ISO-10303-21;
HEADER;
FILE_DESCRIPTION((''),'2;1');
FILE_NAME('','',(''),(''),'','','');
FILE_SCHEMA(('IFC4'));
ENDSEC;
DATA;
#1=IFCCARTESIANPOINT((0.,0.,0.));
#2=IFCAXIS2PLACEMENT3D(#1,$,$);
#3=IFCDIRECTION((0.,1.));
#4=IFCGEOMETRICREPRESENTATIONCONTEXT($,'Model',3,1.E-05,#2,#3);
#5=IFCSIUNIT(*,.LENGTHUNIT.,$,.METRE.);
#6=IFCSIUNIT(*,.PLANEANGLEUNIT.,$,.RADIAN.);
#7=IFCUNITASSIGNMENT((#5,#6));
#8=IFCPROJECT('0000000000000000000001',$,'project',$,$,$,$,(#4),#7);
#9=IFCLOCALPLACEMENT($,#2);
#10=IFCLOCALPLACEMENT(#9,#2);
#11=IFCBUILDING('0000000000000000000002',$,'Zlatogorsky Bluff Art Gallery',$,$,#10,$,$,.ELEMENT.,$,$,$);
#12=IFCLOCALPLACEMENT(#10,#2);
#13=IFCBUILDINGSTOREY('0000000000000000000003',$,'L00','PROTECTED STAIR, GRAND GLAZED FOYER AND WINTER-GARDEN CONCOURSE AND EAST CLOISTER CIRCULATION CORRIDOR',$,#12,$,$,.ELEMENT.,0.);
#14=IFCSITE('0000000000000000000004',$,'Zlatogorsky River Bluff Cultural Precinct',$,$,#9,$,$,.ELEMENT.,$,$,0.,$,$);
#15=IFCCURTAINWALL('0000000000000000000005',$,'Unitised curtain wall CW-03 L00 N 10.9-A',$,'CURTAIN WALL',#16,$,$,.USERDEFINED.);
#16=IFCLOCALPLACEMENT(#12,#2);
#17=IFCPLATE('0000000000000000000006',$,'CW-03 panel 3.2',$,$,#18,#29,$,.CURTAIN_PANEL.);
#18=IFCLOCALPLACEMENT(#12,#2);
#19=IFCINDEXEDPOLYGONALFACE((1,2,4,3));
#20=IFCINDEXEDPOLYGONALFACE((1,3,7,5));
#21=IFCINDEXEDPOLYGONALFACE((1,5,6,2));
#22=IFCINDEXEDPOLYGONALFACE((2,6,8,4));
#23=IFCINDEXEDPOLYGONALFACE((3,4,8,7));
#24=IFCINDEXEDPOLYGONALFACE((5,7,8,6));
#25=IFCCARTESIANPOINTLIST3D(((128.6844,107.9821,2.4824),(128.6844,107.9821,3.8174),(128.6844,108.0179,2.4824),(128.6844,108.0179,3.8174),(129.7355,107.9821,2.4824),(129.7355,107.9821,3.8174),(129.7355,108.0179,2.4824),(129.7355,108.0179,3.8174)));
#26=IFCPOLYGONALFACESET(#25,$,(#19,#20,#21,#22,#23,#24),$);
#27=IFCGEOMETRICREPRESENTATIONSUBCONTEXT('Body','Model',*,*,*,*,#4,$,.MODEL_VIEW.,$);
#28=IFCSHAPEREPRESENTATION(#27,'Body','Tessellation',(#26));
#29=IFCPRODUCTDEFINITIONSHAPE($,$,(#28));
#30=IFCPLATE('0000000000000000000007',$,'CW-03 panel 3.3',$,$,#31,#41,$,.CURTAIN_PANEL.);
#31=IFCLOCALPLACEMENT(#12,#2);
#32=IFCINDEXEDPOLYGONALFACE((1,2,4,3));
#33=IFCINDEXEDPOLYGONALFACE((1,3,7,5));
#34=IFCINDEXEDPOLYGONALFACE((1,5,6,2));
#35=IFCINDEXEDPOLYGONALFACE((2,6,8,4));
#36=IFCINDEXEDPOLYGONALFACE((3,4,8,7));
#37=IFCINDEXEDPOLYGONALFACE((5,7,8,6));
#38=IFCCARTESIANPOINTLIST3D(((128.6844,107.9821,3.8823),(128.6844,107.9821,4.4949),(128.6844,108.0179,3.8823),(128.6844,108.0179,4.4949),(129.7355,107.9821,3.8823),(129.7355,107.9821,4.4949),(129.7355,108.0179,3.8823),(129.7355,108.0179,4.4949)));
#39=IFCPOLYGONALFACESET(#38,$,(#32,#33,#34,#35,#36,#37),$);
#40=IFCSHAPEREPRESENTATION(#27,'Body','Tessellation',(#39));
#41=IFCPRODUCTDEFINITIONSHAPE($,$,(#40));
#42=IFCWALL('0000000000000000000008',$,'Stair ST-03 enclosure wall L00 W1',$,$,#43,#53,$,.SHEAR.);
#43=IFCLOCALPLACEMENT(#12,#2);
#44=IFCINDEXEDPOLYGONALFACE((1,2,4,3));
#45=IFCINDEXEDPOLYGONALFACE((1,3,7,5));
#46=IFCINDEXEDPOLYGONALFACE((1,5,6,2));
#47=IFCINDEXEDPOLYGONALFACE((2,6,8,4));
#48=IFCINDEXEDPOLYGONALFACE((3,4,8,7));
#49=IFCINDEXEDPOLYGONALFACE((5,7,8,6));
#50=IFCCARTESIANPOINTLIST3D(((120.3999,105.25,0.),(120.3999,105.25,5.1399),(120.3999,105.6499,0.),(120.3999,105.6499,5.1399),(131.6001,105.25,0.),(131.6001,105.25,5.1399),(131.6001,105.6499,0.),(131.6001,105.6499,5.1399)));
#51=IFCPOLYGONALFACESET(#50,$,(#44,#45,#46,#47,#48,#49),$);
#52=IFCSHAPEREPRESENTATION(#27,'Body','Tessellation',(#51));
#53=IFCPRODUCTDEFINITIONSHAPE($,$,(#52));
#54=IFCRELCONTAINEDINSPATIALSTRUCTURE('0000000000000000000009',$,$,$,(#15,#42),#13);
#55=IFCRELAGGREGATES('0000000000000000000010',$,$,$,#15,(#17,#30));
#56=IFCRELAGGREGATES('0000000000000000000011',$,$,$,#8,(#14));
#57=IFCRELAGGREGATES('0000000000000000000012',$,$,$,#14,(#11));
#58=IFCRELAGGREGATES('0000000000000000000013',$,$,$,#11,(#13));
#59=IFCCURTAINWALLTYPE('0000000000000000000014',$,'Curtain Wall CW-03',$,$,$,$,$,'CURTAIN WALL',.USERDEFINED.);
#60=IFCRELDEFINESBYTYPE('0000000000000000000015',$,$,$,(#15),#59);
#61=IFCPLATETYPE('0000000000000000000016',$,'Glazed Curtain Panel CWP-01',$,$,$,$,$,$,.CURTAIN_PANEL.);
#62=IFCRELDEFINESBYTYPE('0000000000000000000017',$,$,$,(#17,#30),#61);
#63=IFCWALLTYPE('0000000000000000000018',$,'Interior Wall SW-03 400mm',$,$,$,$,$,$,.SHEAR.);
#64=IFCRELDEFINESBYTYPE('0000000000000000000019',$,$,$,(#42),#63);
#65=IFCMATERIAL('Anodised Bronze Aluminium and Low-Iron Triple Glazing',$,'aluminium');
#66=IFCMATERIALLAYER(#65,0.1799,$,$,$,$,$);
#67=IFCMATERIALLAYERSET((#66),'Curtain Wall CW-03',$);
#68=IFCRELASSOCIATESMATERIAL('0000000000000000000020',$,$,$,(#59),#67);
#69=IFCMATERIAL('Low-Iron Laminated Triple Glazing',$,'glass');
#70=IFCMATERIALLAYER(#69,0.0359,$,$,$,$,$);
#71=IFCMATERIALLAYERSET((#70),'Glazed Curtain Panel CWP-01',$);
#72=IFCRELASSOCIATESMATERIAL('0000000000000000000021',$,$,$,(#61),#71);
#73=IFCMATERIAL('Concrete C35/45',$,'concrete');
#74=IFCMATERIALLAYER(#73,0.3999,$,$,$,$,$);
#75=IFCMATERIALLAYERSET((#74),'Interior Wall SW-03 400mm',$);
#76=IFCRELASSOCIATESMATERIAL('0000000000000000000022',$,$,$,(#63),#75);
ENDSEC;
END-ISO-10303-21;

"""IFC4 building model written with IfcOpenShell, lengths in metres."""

from ifc_helpers import new_model, si_unit, direction, frame, frame_2d, origin, origin_2d, place, context, subcontext, project, spatial, rectangle, extrude, material, layer, layer_set, type_object, element, aggregate, save


model = new_model("IFC4")

# Units and contexts
model_context = context("Model", 3, precision=1e-05, world=origin(), true_north=direction((0.0, 1.0)))
body_context = subcontext(model_context, "Body", "Model", "MODEL_VIEW")
ifc_project = project(units=[si_unit("LENGTHUNIT", "METRE"), si_unit("PLANEANGLEUNIT", "RADIAN")], contexts=[model_context])

# Site, building, storey
site_placement = place(None, origin())
site = spatial("IfcSite", under=ifc_project, at=site_placement, Name="Zlatogorsky River Bluff Cultural Precinct", CompositionType="ELEMENT", RefElevation=0.0)
building_placement = place(site_placement, origin())
building = spatial("IfcBuilding", under=site, at=building_placement, Name="Zlatogorsky Bluff Art Gallery", CompositionType="ELEMENT")
storey_placement = place(building_placement, origin())
storey = spatial("IfcBuildingStorey", under=building, at=storey_placement, Name="L00", Description="PROTECTED STAIR, GRAND GLAZED FOYER AND WINTER-GARDEN CONCOURSE AND EAST CLOISTER CIRCULATION CORRIDOR", CompositionType="ELEMENT", Elevation=0.0)

# Curtain wall, plates
ifc_material_1 = material(Name="Anodised Bronze Aluminium and Low-Iron Triple Glazing", Category="aluminium")
ifc_layer_1 = layer(ifc_material_1, 0.1799)
ifc_layer_set_1 = layer_set([ifc_layer_1], Name="Curtain Wall CW-03")
curtain_wall_type = type_object("IfcCurtainWallType", Name="Curtain Wall CW-03", ElementType="CURTAIN WALL", PredefinedType="USERDEFINED", material=ifc_layer_set_1)
curtain_wall_placement = place(storey_placement, origin())
curtain_wall = element("IfcCurtainWall", 1, at=curtain_wall_placement, inside=storey, type_object=curtain_wall_type, Name="Unitised curtain wall CW-03 L00 N 10.9-A", ObjectType="CURTAIN WALL", PredefinedType="USERDEFINED")
ifc_material_2 = material(Name="Low-Iron Laminated Triple Glazing", Category="glass")
ifc_layer_2 = layer(ifc_material_2, 0.0359)
ifc_layer_set_2 = layer_set([ifc_layer_2], Name="Glazed Curtain Panel CWP-01")
plate_type = type_object("IfcPlateType", Name="Glazed Curtain Panel CWP-01", PredefinedType="CURTAIN_PANEL", material=ifc_layer_set_2)
plate_1_placement = place(storey_placement, frame((129.21, 108.0, 2.4824), z_axis=(0.0, 0.0, 1.0), x_axis=(-1.0, 0.0, 0.0)))
plate_1 = element("IfcPlate", 2, at=plate_1_placement, type_object=plate_type, Name="CW-03 panel 3.2", PredefinedType="CURTAIN_PANEL", context=body_context, shape_type="SweptSolid", body=[
    extrude(rectangle(XDim=1.051, YDim=0.0359, at=origin_2d()), origin(), (0.0, 0.0, 1.0), 1.335),
])
plate_2_placement = place(storey_placement, frame((129.21, 108.0, 3.8823), z_axis=(0.0, 0.0, 1.0), x_axis=(-1.0, 0.0, 0.0)))
plate_2 = element("IfcPlate", 3, at=plate_2_placement, type_object=plate_type, Name="CW-03 panel 3.3", PredefinedType="CURTAIN_PANEL", context=body_context, shape_type="SweptSolid", body=[
    extrude(rectangle(XDim=1.051, YDim=0.0359, at=origin_2d()), origin(), (0.0, 0.0, 1.0), 0.6125),
])
aggregate(curtain_wall, [plate_1, plate_2])

# Wall
ifc_material_3 = material(Name="Concrete C35/45", Category="concrete")
ifc_layer_3 = layer(ifc_material_3, 0.3999)
ifc_layer_set_3 = layer_set([ifc_layer_3], Name="Interior Wall SW-03 400mm")
wall_type = type_object("IfcWallType", Name="Interior Wall SW-03 400mm", PredefinedType="SHEAR", material=ifc_layer_set_3)
wall_placement = place(storey_placement, frame((131.6001, 105.45, 0.0), z_axis=(0.0, 0.0, 1.0), x_axis=(-1.0, 0.0, 0.0)))
element("IfcWall", 4, at=wall_placement, inside=storey, type_object=wall_type, Name="Stair ST-03 enclosure wall L00 W1", PredefinedType="SHEAR", context=body_context, shape_type="SweptSolid", body=[
    extrude(rectangle(XDim=11.2002, YDim=0.3999, at=frame_2d((5.6001, 0.0))), origin(), (0.0, 0.0, 1.0), 5.1399),
])

save(model, "model.ifc")
